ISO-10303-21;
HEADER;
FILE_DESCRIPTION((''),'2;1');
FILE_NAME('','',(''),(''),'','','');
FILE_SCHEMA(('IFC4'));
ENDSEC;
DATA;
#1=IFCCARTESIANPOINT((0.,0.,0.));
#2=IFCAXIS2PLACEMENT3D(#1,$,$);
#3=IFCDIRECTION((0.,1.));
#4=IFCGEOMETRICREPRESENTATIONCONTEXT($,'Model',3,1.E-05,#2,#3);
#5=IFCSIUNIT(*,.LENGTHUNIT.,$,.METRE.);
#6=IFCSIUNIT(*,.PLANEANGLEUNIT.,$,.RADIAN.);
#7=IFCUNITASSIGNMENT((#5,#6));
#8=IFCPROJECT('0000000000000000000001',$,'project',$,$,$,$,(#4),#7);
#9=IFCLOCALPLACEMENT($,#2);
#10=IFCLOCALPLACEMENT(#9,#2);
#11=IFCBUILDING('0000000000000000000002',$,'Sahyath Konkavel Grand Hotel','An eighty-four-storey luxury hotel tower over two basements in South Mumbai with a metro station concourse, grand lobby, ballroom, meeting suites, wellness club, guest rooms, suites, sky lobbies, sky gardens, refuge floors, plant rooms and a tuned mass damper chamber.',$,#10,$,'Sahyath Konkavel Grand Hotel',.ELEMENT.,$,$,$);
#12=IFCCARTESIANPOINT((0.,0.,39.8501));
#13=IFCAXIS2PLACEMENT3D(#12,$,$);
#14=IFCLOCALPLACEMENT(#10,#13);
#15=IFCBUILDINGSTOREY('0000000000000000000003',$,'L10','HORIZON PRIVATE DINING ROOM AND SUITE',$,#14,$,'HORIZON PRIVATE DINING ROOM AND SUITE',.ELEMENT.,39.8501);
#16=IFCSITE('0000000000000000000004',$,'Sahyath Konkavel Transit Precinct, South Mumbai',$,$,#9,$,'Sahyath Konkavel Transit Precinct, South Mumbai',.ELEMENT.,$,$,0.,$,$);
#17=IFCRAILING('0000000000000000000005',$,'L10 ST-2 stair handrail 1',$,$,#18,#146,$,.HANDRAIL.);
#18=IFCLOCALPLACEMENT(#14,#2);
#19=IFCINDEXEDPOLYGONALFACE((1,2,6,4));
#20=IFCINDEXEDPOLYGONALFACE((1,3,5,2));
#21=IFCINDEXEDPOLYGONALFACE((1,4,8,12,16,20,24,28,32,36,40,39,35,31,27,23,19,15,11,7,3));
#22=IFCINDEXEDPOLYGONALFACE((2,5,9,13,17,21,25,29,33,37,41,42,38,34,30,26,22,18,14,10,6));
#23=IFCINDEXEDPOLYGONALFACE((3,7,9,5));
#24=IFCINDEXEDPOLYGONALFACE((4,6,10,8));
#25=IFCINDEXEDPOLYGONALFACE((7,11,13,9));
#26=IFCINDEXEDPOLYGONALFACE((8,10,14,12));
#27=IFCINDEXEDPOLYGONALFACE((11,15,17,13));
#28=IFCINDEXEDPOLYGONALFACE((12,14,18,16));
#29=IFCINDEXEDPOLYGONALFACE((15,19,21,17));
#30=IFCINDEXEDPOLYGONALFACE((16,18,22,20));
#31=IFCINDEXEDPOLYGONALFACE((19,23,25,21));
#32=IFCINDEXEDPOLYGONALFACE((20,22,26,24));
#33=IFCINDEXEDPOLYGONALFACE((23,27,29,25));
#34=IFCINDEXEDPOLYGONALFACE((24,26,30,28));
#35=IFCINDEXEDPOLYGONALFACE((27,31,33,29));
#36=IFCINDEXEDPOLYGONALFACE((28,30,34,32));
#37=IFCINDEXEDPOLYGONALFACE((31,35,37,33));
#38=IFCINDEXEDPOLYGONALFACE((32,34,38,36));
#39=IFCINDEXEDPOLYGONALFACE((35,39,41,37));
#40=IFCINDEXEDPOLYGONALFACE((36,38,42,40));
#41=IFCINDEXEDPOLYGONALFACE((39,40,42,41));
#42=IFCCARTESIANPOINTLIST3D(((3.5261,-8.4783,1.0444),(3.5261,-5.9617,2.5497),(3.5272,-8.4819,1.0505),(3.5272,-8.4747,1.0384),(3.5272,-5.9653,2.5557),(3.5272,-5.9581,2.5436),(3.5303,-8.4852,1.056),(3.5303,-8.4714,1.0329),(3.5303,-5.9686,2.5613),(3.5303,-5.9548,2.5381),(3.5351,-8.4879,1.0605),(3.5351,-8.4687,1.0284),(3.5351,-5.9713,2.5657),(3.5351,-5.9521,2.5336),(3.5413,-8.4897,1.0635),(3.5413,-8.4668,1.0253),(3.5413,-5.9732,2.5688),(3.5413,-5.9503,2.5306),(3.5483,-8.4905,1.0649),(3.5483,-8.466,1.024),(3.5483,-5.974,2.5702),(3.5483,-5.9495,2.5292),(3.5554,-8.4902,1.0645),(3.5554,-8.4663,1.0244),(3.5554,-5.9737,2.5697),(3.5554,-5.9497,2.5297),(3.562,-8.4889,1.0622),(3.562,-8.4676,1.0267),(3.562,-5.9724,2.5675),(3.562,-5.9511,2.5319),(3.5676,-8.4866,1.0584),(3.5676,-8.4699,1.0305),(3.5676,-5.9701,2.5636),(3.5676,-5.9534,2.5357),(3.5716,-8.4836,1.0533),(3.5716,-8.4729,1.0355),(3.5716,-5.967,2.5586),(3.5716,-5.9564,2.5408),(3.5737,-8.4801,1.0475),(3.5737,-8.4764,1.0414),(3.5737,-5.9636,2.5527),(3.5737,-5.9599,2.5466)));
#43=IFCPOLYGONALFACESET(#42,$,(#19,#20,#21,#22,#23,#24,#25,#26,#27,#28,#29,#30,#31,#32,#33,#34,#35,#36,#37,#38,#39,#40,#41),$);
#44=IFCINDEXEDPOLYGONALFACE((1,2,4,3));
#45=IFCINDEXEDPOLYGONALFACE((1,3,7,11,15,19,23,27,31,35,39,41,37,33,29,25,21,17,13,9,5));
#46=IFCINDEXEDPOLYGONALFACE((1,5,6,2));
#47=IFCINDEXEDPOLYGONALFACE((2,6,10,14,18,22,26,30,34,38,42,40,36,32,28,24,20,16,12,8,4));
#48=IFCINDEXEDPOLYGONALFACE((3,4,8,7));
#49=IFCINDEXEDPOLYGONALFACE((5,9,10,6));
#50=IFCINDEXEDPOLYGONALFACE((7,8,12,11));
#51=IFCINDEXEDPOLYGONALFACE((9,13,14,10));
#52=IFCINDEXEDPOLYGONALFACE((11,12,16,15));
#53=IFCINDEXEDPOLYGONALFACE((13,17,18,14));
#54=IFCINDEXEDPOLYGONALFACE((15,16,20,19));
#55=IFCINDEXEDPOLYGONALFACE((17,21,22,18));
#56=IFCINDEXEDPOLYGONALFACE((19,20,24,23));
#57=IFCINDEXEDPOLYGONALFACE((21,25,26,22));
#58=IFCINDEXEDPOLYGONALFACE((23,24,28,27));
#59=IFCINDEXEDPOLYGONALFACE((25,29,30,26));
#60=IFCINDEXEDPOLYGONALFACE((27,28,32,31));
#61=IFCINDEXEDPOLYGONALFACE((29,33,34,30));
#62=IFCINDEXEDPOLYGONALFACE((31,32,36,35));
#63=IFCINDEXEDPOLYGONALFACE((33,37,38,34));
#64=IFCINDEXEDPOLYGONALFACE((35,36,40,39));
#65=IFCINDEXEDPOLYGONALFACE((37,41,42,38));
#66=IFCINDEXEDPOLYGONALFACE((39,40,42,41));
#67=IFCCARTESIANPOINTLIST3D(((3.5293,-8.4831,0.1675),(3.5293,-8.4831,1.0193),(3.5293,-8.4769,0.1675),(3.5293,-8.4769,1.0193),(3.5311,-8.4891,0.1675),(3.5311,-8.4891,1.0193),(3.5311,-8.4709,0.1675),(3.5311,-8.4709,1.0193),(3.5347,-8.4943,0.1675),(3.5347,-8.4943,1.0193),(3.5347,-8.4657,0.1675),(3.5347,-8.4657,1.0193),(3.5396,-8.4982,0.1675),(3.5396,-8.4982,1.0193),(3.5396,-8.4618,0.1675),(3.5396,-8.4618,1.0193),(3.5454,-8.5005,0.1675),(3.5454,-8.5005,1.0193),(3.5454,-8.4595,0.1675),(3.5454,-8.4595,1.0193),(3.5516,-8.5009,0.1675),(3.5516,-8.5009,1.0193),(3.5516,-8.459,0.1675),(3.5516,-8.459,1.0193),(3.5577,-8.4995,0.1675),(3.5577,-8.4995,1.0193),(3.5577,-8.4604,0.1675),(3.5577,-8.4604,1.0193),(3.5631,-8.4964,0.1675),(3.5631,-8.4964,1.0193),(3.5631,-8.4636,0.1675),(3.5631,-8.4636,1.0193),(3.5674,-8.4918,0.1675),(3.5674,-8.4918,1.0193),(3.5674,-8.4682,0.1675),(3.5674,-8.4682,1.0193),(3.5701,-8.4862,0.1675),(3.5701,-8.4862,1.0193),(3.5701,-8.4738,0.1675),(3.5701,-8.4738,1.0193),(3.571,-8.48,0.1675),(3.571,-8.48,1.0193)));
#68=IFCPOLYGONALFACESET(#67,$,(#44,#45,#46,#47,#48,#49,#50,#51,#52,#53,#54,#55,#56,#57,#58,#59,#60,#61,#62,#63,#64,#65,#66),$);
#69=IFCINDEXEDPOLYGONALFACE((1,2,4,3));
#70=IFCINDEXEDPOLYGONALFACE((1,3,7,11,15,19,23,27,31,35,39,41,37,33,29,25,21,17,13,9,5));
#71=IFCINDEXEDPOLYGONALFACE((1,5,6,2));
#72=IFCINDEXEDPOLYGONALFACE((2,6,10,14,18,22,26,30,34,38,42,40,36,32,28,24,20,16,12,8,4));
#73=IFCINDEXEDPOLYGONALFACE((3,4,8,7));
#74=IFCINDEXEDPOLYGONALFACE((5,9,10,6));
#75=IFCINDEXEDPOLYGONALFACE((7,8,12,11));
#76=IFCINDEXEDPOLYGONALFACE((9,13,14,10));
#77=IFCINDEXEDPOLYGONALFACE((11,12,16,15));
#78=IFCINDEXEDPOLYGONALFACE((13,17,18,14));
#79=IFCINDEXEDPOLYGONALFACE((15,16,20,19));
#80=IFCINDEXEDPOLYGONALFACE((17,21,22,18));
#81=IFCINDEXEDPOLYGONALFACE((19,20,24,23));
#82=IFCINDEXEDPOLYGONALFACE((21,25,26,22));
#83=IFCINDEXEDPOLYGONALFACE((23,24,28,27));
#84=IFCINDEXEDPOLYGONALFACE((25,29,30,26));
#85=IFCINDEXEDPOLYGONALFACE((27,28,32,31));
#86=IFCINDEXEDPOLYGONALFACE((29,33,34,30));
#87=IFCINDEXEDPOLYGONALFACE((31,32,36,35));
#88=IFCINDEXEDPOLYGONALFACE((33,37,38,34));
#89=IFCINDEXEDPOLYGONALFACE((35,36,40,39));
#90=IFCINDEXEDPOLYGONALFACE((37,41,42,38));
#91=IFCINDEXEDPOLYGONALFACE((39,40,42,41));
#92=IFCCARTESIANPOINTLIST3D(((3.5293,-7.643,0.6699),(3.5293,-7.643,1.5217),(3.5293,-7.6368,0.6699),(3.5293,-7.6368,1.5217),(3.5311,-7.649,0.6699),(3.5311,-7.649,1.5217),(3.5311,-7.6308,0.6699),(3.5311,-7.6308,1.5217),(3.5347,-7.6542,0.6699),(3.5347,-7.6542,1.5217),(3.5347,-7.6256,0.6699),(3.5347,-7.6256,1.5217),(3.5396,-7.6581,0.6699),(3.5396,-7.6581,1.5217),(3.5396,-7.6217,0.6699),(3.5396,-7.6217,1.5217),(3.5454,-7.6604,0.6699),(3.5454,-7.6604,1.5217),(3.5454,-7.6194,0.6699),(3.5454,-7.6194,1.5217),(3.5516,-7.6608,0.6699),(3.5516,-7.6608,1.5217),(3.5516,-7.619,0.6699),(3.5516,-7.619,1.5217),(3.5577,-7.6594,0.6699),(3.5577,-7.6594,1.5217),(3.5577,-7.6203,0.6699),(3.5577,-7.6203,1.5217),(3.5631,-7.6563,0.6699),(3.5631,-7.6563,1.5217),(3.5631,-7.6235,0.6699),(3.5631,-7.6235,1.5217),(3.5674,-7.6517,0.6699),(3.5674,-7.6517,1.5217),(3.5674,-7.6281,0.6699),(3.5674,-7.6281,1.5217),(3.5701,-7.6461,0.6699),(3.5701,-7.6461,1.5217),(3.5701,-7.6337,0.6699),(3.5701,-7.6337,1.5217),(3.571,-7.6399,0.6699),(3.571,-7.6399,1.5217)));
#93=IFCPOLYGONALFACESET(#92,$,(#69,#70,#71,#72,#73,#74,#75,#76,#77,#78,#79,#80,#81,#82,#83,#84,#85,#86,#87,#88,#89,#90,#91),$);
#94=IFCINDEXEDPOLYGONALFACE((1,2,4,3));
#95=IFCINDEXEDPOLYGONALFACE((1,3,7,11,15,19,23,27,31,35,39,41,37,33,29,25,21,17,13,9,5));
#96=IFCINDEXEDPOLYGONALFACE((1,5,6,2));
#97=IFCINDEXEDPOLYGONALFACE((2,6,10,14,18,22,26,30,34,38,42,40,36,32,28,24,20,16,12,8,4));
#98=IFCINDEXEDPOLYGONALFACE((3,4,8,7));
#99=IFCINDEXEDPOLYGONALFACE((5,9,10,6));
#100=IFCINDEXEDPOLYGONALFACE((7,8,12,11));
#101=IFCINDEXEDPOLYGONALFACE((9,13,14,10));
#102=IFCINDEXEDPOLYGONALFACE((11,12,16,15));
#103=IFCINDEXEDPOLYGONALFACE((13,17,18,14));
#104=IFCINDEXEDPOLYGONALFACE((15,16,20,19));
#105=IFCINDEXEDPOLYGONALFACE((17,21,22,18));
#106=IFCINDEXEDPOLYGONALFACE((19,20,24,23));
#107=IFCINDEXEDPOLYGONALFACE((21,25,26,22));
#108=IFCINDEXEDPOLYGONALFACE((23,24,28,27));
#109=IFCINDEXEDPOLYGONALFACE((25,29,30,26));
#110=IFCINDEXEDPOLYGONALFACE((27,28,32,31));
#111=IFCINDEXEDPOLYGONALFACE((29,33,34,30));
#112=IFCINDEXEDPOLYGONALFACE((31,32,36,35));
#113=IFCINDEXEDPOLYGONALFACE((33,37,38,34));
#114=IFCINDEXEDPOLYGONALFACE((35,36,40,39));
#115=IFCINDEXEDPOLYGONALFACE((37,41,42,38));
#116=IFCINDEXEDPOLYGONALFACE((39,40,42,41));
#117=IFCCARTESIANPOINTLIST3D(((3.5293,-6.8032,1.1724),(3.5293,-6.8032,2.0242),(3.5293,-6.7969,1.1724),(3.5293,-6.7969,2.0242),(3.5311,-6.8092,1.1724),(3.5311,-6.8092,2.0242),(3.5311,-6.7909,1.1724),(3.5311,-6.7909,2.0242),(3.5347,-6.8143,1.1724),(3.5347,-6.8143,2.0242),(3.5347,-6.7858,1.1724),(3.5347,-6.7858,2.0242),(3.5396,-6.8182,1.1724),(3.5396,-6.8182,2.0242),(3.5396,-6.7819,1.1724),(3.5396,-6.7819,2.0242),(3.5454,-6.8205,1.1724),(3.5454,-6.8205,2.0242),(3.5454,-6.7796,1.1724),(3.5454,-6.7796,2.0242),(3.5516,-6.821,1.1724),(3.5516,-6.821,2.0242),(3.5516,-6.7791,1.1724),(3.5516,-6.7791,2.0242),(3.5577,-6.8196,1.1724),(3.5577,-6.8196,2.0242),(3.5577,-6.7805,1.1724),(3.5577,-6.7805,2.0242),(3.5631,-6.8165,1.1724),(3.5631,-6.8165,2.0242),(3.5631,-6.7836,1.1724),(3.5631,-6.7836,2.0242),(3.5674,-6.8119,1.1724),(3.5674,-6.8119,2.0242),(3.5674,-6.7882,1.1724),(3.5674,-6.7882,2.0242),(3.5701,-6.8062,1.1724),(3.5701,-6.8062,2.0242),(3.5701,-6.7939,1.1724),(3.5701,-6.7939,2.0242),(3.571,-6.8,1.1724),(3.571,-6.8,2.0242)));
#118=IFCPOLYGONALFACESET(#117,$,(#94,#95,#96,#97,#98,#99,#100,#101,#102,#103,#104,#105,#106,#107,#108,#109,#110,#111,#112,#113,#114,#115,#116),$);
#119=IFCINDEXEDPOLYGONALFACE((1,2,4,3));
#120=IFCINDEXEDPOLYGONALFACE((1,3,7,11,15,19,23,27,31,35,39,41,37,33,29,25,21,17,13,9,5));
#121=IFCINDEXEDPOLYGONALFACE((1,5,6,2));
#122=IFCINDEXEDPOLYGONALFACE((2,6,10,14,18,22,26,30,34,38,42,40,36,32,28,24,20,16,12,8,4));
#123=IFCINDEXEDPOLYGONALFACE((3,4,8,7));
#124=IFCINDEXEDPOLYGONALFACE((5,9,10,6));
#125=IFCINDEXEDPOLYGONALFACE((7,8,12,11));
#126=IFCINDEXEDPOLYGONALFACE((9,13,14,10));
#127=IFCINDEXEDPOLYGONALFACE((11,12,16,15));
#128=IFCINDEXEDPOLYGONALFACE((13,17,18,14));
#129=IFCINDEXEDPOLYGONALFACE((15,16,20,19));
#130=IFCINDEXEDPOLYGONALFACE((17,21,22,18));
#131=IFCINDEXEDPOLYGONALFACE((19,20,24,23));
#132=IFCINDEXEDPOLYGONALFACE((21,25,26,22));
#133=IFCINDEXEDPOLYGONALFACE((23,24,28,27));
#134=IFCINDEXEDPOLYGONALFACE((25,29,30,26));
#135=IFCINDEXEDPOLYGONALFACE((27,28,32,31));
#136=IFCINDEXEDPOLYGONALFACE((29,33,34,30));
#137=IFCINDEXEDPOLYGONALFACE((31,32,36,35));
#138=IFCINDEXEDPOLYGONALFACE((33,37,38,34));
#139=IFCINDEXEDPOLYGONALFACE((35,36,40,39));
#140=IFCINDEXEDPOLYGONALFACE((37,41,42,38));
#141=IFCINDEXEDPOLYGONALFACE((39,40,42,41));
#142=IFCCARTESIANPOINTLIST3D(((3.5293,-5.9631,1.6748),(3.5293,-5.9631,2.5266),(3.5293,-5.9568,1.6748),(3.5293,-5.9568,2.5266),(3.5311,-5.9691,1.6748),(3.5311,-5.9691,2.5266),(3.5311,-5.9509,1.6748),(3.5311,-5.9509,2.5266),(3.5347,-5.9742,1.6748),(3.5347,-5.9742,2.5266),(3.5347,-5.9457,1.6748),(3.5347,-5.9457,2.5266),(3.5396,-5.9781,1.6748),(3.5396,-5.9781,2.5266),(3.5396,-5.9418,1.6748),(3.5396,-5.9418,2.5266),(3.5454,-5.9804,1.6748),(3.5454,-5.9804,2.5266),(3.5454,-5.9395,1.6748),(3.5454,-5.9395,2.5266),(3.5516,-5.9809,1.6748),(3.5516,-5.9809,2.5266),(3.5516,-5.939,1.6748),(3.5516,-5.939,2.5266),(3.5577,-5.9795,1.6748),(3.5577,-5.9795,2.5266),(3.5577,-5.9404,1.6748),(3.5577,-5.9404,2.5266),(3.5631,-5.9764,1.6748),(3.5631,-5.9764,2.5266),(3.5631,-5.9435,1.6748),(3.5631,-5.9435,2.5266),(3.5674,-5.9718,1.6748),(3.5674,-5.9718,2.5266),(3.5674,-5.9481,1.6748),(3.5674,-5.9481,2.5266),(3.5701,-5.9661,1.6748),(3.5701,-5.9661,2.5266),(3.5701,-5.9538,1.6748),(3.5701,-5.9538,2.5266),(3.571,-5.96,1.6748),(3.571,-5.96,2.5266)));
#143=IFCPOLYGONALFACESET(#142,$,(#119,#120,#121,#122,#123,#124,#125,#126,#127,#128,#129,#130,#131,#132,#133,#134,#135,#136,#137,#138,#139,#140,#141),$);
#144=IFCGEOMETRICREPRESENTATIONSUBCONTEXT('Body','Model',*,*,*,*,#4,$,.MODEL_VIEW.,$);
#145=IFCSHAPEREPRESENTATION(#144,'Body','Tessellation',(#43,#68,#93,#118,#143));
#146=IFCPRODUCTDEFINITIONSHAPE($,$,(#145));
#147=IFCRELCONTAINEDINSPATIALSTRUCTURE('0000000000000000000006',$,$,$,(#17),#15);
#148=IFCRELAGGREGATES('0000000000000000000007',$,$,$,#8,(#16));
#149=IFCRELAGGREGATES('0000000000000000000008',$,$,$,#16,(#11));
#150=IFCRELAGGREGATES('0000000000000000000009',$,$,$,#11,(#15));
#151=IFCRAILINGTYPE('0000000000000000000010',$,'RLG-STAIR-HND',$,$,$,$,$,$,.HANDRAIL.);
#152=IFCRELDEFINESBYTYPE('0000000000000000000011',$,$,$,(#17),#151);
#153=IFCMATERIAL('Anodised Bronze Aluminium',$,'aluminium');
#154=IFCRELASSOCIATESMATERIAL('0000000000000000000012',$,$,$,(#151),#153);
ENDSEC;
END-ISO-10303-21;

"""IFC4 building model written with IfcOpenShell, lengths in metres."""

from ifc_helpers import new_model, si_unit, direction, frame, origin, origin_2d, place, context, subcontext, project, spatial, circle, extrude, material, type_object, element, save


model = new_model("IFC4")

# Units and contexts
model_context = context("Model", 3, precision=1e-05, world=origin(), true_north=direction((0.0, 1.0)))
body_context = subcontext(model_context, "Body", "Model", "MODEL_VIEW")
ifc_project = project(units=[si_unit("LENGTHUNIT", "METRE"), si_unit("PLANEANGLEUNIT", "RADIAN")], contexts=[model_context])

# Site, building, storey
site_placement = place(None, origin())
site = spatial("IfcSite", under=ifc_project, at=site_placement, Name="Sahyath Konkavel Transit Precinct, South Mumbai", LongName="Sahyath Konkavel Transit Precinct, South Mumbai", CompositionType="ELEMENT", RefElevation=0.0)
building_placement = place(site_placement, origin())
building = spatial("IfcBuilding", under=site, at=building_placement, Name="Sahyath Konkavel Grand Hotel", Description="An eighty-four-storey luxury hotel tower over two basements in South Mumbai with a metro station concourse, grand lobby, ballroom, meeting suites, wellness club, guest rooms, suites, sky lobbies, sky gardens, refuge floors, plant rooms and a tuned mass damper chamber.", LongName="Sahyath Konkavel Grand Hotel", CompositionType="ELEMENT")
storey_placement = place(building_placement, frame((0.0, 0.0, 39.8501)))
storey = spatial("IfcBuildingStorey", under=building, at=storey_placement, Name="L10", Description="HORIZON PRIVATE DINING ROOM AND SUITE", LongName="HORIZON PRIVATE DINING ROOM AND SUITE", CompositionType="ELEMENT", Elevation=39.8501)

# Railing
ifc_material_1 = material(Name="Anodised Bronze Aluminium", Category="aluminium")
railing_type_1 = type_object("IfcRailingType", Name="RLG-STAIR-HND", PredefinedType="HANDRAIL", material=ifc_material_1)
railing_1_placement = place(storey_placement, frame((3.55, -8.48, 0.1675)))
element("IfcRailing", 1, at=railing_1_placement, inside=storey, type_object=railing_type_1, Name="L10 ST-2 stair handrail 1", PredefinedType="HANDRAIL", context=body_context, shape_type="SweptSolid", body=[
    extrude(circle(Radius=0.0239, at=origin_2d()), frame((0.0, 0.0017, 0.877), z_axis=(0.0, 0.858196, 0.513321), x_axis=(-1.0, 0.0, 0.0)), (0.0, 0.0, 1.0), 2.9324),
    extrude(circle(Radius=0.021, at=origin_2d()), origin(), (0.0, 0.0, 1.0), 0.8518),
    extrude(circle(Radius=0.021, at=origin_2d()), frame((0.0, 0.8401, 0.5024)), (0.0, 0.0, 1.0), 0.8518),
    extrude(circle(Radius=0.021, at=origin_2d()), frame((0.0, 1.6799, 1.0049)), (0.0, 0.0, 1.0), 0.8518),
    extrude(circle(Radius=0.021, at=origin_2d()), frame((0.0, 2.52, 1.5073)), (0.0, 0.0, 1.0), 0.8518),
])

save(model, "model.ifc")
